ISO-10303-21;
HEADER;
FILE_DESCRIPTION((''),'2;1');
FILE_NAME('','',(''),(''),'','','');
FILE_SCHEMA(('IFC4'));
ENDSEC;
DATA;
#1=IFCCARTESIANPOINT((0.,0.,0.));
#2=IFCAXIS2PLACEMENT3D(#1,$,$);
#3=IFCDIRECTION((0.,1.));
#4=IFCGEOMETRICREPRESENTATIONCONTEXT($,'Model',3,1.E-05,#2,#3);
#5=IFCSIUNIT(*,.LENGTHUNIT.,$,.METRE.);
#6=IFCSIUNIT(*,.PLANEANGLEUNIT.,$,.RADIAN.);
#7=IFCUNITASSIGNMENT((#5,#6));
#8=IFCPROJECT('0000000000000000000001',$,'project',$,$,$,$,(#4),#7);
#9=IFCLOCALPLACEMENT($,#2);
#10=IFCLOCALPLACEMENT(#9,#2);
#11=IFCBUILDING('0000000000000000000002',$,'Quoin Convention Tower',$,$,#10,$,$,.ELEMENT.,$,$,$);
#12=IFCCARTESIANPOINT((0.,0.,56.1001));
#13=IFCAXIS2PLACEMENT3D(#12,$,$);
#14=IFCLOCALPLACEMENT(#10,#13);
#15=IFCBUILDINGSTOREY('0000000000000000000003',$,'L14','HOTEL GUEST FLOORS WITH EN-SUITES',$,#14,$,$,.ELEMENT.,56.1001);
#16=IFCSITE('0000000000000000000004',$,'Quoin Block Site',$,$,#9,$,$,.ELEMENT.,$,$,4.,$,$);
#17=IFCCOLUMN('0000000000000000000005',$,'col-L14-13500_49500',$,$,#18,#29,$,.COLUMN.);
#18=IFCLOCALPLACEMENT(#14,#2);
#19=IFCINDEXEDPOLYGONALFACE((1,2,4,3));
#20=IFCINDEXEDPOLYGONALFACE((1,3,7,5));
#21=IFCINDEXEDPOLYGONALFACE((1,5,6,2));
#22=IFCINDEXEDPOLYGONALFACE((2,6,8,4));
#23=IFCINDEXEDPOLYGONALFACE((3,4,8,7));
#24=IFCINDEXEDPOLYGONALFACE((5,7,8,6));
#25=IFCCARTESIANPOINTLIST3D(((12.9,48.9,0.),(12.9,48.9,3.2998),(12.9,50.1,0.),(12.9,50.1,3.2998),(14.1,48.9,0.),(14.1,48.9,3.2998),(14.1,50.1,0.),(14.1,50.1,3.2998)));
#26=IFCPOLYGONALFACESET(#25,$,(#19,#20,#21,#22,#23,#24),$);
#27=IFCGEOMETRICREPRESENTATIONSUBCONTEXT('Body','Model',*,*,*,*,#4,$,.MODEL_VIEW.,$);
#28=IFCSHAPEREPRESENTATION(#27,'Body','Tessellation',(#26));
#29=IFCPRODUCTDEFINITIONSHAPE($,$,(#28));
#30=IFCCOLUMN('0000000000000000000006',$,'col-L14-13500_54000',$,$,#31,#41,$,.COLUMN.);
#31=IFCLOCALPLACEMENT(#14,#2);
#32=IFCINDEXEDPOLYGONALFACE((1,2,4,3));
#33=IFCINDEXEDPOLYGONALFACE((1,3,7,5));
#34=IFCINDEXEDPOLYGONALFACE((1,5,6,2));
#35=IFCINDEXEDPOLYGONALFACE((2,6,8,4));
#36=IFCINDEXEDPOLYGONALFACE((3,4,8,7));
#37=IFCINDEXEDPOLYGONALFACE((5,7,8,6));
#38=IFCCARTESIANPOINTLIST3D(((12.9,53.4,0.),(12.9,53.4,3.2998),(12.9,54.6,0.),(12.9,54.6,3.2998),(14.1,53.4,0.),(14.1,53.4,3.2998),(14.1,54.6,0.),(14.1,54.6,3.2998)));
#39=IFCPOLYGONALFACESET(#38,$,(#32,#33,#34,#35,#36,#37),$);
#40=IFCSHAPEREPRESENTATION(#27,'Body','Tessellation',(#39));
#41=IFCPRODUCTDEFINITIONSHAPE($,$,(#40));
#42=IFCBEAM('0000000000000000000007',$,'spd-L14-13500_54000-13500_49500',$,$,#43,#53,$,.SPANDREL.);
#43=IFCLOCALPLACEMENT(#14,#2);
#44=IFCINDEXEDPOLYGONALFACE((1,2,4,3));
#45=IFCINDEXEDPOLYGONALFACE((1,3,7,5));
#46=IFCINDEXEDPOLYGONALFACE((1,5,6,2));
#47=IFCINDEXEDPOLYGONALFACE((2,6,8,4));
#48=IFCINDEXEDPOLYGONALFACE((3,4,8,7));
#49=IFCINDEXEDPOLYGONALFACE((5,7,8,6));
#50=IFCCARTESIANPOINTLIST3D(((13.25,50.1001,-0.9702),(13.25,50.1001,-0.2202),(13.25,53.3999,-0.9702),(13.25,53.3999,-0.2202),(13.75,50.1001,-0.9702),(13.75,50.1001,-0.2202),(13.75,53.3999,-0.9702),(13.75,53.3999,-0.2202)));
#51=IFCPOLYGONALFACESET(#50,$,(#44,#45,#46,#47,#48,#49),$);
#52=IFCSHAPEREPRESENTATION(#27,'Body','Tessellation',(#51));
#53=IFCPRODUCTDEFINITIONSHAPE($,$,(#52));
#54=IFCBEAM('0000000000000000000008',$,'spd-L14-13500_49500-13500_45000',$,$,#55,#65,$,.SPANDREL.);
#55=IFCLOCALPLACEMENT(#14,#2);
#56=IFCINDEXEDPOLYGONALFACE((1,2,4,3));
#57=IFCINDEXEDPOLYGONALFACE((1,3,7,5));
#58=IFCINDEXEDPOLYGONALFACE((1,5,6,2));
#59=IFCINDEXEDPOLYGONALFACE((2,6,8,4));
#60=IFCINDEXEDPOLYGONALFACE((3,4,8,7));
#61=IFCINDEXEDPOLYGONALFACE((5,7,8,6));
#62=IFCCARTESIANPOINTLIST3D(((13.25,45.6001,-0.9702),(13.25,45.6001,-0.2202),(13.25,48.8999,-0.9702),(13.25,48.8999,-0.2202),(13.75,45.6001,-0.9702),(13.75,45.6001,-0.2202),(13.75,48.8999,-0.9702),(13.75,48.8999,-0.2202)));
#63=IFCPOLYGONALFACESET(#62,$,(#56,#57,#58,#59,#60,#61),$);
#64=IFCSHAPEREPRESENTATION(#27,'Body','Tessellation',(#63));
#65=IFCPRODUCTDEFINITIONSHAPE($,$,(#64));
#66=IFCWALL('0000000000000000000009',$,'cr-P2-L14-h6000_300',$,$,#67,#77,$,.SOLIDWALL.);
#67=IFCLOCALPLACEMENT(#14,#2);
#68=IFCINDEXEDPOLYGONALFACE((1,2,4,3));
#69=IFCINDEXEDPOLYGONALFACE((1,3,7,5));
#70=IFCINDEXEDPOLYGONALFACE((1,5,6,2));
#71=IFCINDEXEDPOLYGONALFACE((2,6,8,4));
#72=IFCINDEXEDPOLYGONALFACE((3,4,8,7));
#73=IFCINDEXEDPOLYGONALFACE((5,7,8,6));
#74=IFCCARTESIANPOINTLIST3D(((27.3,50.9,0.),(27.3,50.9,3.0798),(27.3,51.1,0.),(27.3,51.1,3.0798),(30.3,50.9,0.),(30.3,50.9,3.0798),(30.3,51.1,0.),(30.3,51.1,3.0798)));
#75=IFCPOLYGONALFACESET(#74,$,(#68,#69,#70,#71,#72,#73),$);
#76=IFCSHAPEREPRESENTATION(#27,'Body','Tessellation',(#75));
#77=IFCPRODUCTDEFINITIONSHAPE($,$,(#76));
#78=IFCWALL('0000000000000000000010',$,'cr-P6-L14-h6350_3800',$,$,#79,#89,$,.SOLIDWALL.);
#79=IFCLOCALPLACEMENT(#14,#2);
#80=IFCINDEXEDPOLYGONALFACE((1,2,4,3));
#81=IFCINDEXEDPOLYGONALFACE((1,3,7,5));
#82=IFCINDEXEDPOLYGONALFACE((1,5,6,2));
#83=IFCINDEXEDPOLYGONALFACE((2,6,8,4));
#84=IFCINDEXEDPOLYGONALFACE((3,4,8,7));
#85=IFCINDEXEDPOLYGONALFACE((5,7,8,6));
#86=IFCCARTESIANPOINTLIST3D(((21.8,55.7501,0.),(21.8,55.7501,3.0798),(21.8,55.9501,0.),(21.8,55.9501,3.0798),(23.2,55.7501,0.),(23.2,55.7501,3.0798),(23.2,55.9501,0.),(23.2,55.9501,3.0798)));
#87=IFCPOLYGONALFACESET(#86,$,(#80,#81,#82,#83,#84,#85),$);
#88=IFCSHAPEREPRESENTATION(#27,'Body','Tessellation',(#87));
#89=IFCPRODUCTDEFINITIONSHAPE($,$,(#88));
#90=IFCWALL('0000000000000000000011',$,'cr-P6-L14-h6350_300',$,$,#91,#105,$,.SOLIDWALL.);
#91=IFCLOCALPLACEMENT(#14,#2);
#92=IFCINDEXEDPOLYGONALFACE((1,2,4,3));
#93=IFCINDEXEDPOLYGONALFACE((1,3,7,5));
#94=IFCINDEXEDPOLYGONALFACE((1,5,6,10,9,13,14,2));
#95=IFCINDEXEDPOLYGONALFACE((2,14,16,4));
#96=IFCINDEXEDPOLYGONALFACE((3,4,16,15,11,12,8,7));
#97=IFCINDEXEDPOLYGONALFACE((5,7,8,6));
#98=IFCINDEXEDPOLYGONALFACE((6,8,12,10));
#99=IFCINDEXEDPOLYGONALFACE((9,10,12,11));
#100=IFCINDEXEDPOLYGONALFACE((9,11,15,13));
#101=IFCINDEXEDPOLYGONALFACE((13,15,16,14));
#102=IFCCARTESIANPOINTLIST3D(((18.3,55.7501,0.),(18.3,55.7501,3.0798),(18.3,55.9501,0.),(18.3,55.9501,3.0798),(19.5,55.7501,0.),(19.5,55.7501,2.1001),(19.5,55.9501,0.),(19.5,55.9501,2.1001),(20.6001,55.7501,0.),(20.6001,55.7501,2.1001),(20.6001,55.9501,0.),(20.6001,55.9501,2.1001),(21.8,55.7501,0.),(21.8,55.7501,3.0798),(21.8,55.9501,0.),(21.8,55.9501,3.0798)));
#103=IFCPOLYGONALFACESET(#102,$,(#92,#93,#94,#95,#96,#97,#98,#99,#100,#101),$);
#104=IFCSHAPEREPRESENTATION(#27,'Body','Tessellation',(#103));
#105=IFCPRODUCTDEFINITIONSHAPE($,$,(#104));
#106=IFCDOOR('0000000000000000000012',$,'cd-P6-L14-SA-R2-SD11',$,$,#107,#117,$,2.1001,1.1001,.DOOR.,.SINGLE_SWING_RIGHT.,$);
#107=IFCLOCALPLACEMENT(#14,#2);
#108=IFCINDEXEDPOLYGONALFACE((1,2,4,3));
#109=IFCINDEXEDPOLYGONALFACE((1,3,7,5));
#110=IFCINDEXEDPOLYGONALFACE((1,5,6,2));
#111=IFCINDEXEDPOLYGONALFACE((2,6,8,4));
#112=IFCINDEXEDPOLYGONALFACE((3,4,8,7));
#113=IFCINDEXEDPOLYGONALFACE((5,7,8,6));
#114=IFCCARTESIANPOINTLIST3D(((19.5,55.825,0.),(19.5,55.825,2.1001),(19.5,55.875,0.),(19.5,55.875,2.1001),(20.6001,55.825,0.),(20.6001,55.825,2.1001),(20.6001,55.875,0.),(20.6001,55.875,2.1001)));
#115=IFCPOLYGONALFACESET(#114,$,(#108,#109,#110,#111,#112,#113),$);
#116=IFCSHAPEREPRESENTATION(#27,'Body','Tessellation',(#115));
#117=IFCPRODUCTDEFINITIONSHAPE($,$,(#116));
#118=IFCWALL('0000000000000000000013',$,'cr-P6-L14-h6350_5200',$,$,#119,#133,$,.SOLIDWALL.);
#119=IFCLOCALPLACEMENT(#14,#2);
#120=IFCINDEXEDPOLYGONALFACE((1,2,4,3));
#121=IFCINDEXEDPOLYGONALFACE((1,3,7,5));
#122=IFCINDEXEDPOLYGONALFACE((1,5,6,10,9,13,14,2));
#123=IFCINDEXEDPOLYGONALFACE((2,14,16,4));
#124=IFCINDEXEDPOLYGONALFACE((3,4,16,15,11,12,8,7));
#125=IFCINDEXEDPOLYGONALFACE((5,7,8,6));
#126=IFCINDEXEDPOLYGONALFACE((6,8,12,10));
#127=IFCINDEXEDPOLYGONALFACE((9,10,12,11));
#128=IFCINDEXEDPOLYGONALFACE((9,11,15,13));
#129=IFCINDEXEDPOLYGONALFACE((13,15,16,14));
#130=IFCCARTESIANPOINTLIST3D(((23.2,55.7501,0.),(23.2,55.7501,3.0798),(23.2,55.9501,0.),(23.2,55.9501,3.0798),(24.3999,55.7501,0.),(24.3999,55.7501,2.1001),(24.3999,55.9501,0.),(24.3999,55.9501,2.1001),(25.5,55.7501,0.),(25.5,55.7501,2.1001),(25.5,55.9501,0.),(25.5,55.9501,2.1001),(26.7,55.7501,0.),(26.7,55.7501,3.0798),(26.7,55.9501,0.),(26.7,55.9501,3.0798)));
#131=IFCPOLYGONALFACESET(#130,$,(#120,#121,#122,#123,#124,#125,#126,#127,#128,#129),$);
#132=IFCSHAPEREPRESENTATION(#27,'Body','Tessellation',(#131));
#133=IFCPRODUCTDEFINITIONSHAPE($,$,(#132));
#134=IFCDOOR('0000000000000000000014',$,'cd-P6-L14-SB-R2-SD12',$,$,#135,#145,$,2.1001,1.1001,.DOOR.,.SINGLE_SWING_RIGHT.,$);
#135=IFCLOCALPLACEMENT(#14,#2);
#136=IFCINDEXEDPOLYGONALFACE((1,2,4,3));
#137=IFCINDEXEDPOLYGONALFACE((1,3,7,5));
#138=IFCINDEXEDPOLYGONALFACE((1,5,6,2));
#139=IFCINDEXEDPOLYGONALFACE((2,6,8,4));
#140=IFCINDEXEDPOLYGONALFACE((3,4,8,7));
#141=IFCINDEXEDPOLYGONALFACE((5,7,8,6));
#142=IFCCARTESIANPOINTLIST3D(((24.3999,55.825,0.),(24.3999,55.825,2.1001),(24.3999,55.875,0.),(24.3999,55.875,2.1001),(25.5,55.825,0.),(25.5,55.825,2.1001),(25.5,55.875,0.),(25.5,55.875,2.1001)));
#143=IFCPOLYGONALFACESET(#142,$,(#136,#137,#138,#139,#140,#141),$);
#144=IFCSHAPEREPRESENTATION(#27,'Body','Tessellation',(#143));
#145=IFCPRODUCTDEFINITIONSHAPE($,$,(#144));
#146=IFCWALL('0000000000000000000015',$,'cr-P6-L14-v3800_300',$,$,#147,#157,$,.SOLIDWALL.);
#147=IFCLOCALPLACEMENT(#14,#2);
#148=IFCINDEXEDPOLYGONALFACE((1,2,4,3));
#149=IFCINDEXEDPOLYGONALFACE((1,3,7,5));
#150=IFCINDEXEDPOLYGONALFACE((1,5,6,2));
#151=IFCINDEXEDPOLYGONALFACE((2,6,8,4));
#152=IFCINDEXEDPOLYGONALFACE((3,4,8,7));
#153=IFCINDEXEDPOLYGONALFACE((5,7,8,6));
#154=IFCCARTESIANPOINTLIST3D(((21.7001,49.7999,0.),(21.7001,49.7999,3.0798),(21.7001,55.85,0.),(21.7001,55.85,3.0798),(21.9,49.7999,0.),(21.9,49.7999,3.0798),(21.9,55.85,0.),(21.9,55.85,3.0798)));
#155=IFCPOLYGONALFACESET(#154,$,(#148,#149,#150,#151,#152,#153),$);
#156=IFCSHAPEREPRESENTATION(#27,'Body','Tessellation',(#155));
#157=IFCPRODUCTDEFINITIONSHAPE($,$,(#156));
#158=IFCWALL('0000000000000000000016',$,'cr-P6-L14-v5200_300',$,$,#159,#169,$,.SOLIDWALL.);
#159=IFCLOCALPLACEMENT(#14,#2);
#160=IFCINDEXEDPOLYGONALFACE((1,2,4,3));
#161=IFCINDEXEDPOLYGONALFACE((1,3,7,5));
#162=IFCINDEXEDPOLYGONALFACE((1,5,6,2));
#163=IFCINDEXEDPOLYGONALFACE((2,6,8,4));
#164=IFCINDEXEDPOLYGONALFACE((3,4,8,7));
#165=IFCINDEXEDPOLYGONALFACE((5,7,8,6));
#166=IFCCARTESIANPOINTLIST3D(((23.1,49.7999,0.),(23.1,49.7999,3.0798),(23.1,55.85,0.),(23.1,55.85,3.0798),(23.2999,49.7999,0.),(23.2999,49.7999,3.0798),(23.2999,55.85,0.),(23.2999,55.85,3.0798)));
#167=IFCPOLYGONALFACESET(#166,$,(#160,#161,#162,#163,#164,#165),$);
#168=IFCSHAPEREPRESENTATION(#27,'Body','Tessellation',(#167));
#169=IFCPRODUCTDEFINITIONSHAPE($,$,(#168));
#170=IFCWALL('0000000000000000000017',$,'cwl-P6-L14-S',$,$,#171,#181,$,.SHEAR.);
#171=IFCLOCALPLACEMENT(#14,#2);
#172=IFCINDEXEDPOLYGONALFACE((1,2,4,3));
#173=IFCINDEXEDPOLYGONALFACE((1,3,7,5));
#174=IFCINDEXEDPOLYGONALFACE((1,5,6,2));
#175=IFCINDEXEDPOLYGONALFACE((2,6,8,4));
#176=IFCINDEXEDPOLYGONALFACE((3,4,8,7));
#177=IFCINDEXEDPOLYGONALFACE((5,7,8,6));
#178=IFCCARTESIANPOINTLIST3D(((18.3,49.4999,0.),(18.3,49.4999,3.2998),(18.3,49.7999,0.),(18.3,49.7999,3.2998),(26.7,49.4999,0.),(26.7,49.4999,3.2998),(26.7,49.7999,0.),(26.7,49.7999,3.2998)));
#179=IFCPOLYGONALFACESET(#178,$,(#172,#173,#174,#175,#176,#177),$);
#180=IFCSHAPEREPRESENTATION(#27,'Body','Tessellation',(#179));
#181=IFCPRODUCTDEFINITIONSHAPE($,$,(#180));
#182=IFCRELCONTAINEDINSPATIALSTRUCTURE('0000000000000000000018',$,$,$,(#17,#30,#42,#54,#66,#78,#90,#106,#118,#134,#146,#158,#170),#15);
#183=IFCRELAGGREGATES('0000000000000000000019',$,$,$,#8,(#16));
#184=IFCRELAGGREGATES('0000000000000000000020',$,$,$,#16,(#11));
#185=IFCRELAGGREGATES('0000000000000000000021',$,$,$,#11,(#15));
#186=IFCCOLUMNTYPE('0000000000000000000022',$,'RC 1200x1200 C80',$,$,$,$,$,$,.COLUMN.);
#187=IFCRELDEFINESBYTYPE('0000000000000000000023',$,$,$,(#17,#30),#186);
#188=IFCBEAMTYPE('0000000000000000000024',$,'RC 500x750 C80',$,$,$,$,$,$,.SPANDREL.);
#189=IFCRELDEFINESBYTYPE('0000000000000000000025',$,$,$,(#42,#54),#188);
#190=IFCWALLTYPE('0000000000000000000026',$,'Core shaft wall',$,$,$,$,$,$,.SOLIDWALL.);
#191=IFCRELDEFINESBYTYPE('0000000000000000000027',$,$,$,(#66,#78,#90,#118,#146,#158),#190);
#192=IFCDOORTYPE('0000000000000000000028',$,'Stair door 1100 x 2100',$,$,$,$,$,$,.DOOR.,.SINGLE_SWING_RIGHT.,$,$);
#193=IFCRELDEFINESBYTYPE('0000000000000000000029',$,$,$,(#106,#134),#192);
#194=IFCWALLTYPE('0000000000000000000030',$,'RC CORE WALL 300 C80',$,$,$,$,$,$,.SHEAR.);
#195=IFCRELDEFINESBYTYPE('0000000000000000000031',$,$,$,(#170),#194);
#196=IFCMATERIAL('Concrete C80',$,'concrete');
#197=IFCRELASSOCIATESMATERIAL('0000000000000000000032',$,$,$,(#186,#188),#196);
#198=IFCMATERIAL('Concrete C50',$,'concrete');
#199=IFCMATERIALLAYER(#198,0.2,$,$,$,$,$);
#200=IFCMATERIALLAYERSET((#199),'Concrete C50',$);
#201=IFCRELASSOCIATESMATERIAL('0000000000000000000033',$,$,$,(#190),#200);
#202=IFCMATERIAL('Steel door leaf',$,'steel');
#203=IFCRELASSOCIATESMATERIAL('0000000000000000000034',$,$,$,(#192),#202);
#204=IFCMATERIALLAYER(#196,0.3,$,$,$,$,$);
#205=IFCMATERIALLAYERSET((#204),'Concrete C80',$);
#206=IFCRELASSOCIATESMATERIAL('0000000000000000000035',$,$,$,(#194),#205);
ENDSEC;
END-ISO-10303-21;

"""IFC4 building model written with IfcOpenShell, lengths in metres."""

from ifc_helpers import new_model, si_unit, direction, frame, frame_2d, origin, origin_2d, place, context, subcontext, project, spatial, rectangle, extrude, material, layer, layer_set, material_profile, profile_set, type_object, element, fill, save


model = new_model("IFC4")

# Units and contexts
model_context = context("Model", 3, precision=1e-05, world=origin(), true_north=direction((0.0, 1.0)))
body_context = subcontext(model_context, "Body", "Model", "MODEL_VIEW")
ifc_project = project(units=[si_unit("LENGTHUNIT", "METRE"), si_unit("PLANEANGLEUNIT", "RADIAN")], contexts=[model_context])

# Site, building, storey
site_placement = place(None, origin())
site = spatial("IfcSite", under=ifc_project, at=site_placement, Name="Quoin Block Site", CompositionType="ELEMENT", RefElevation=4.0)
building_placement = place(site_placement, origin())
building = spatial("IfcBuilding", under=site, at=building_placement, Name="Quoin Convention Tower", CompositionType="ELEMENT")
storey_placement = place(building_placement, frame((0.0, 0.0, 56.1001)))
storey = spatial("IfcBuildingStorey", under=building, at=storey_placement, Name="L14", Description="HOTEL GUEST FLOORS WITH EN-SUITES", CompositionType="ELEMENT", Elevation=56.1001)

# Columns
ifc_material_1 = material(Name="Concrete C80", Category="concrete")
ifc_material_profile_1 = material_profile(ifc_material_1, rectangle(XDim=1.2, YDim=1.2, at=origin_2d()), Name="RC 1200x1200")
ifc_profile_set_1 = profile_set([ifc_material_profile_1], Name="Concrete C80")
column_type = type_object("IfcColumnType", Name="RC 1200x1200 C80", PredefinedType="COLUMN", material=ifc_profile_set_1)
for number, where, z_axis, x_axis, name in (
    (1, (13.5, 49.5, 0.0), (0.0, 0.0, 1.0), (1.0, 0.0, 0.0), "col-L14-13500_49500"),
    (2, (13.5, 54.0, 0.0), (0.0, 0.0, 1.0), (1.0, 0.0, 0.0), "col-L14-13500_54000"),
):
    element("IfcColumn", number, at=place(storey_placement, frame(where, z_axis=z_axis, x_axis=x_axis)), inside=storey, type_object=column_type, Name=name, PredefinedType="COLUMN", context=body_context, shape_type="SweptSolid", body=[
        extrude(rectangle(XDim=1.2, YDim=1.2, at=origin_2d()), origin(), (0.0, 0.0, 1.0), 3.2998),
    ])

# Beams
ifc_material_profile_2 = material_profile(ifc_material_1, rectangle(XDim=0.5, YDim=0.75, at=origin_2d()), Name="RC 500x750")
ifc_profile_set_2 = profile_set([ifc_material_profile_2], Name="Concrete C80")
beam_type = type_object("IfcBeamType", Name="RC 500x750 C80", PredefinedType="SPANDREL", material=ifc_profile_set_2)
for number, where, z_axis, x_axis, name in (
    (3, (13.5, 53.3999, -0.5952), (0.0, -1.0, 0.0), (1.0, 0.0, 0.0), "spd-L14-13500_54000-13500_49500"),
    (4, (13.5, 48.8999, -0.5952), (0.0, -1.0, 0.0), (1.0, 0.0, 0.0), "spd-L14-13500_49500-13500_45000"),
):
    element("IfcBeam", number, at=place(storey_placement, frame(where, z_axis=z_axis, x_axis=x_axis)), inside=storey, type_object=beam_type, Name=name, PredefinedType="SPANDREL", context=body_context, shape_type="SweptSolid", body=[
        extrude(rectangle(XDim=0.5, YDim=0.75, at=origin_2d()), origin(), (0.0, 0.0, 1.0), 3.2998),
    ])

# Walls
ifc_material_2 = material(Name="Concrete C50", Category="concrete")
ifc_layer_1 = layer(ifc_material_2, 0.2)
ifc_layer_set_1 = layer_set([ifc_layer_1], Name="Concrete C50")
wall_type_1 = type_object("IfcWallType", Name="Core shaft wall", PredefinedType="SOLIDWALL", material=ifc_layer_set_1)
wall_1_placement = place(storey_placement, frame((27.3, 51.0, 0.0), z_axis=(0.0, 0.0, 1.0), x_axis=(1.0, 0.0, 0.0)))
element("IfcWall", 5, at=wall_1_placement, inside=storey, type_object=wall_type_1, Name="cr-P2-L14-h6000_300", PredefinedType="SOLIDWALL", context=body_context, shape_type="SweptSolid", body=[
    extrude(rectangle(XDim=3.0, YDim=0.2, at=frame_2d((1.5, 0.0))), origin(), (0.0, 0.0, 1.0), 3.0798),
])
wall_2_placement = place(storey_placement, frame((21.8, 55.8501, 0.0), z_axis=(0.0, 0.0, 1.0), x_axis=(1.0, 0.0, 0.0)))
element("IfcWall", 6, at=wall_2_placement, inside=storey, type_object=wall_type_1, Name="cr-P6-L14-h6350_3800", PredefinedType="SOLIDWALL", context=body_context, shape_type="SweptSolid", body=[
    extrude(rectangle(XDim=1.3999, YDim=0.2, at=frame_2d((0.7, 0.0))), origin(), (0.0, 0.0, 1.0), 3.0798),
])

# Walls, openings, doors
wall_3_placement = place(storey_placement, frame((18.3, 55.8501, 0.0), z_axis=(0.0, 0.0, 1.0), x_axis=(1.0, 0.0, 0.0)))
wall_3 = element("IfcWall", 7, at=wall_3_placement, inside=storey, type_object=wall_type_1, Name="cr-P6-L14-h6350_300", PredefinedType="SOLIDWALL", context=body_context, shape_type="SweptSolid", body=[
    extrude(rectangle(XDim=3.5, YDim=0.2, at=frame_2d((1.75, 0.0))), origin(), (0.0, 0.0, 1.0), 3.0798),
])
opening_1_placement = place(wall_3_placement, frame((1.2, 0.0, 0.0)))
opening_1 = element("IfcOpeningElement", 8, at=opening_1_placement, cuts=wall_3, PredefinedType="OPENING", context=body_context, shape_type="SweptSolid", body=[
    extrude(rectangle(XDim=1.1001, YDim=2.1001, at=frame_2d((0.55, 1.05))), frame((0.0, 0.1099, 0.0), z_axis=(0.0, -1.0, 0.0), x_axis=(1.0, 0.0, 0.0)), (0.0, 0.0, 1.0), 0.22),
])
ifc_material_3 = material(Name="Steel door leaf", Category="steel")
door_type_1 = type_object("IfcDoorType", Name="Stair door 1100 x 2100", OperationType="SINGLE_SWING_RIGHT", PredefinedType="DOOR", material=ifc_material_3)
door_1_placement = place(opening_1_placement, origin())
door_1 = element("IfcDoor", 9, at=door_1_placement, inside=storey, type_object=door_type_1, Name="cd-P6-L14-SA-R2-SD11", OperationType="SINGLE_SWING_RIGHT", OverallHeight=2.1001, OverallWidth=1.1001, PredefinedType="DOOR", context=body_context, shape_type="SweptSolid", body=[
    extrude(rectangle(XDim=1.1001, YDim=2.1001, at=frame_2d((0.55, 1.05))), frame((0.0, 0.0249, 0.0), z_axis=(0.0, -1.0, 0.0), x_axis=(1.0, 0.0, 0.0)), (0.0, 0.0, 1.0), 0.05),
])
fill(opening_1, door_1)
wall_4_placement = place(storey_placement, frame((23.2, 55.8501, 0.0), z_axis=(0.0, 0.0, 1.0), x_axis=(1.0, 0.0, 0.0)))
wall_4 = element("IfcWall", 10, at=wall_4_placement, inside=storey, type_object=wall_type_1, Name="cr-P6-L14-h6350_5200", PredefinedType="SOLIDWALL", context=body_context, shape_type="SweptSolid", body=[
    extrude(rectangle(XDim=3.5, YDim=0.2, at=frame_2d((1.75, 0.0))), origin(), (0.0, 0.0, 1.0), 3.0798),
])
opening_2_placement = place(wall_4_placement, frame((1.2, 0.0, 0.0)))
opening_2 = element("IfcOpeningElement", 11, at=opening_2_placement, cuts=wall_4, PredefinedType="OPENING", context=body_context, shape_type="SweptSolid", body=[
    extrude(rectangle(XDim=1.1001, YDim=2.1001, at=frame_2d((0.55, 1.05))), frame((0.0, 0.1099, 0.0), z_axis=(0.0, -1.0, 0.0), x_axis=(1.0, 0.0, 0.0)), (0.0, 0.0, 1.0), 0.22),
])
door_2_placement = place(opening_2_placement, origin())
door_2 = element("IfcDoor", 12, at=door_2_placement, inside=storey, type_object=door_type_1, Name="cd-P6-L14-SB-R2-SD12", OperationType="SINGLE_SWING_RIGHT", OverallHeight=2.1001, OverallWidth=1.1001, PredefinedType="DOOR", context=body_context, shape_type="SweptSolid", body=[
    extrude(rectangle(XDim=1.1001, YDim=2.1001, at=frame_2d((0.55, 1.05))), frame((0.0, 0.0249, 0.0), z_axis=(0.0, -1.0, 0.0), x_axis=(1.0, 0.0, 0.0)), (0.0, 0.0, 1.0), 0.05),
])
fill(opening_2, door_2)

# Walls
for number, where, z_axis, x_axis, name in (
    (13, (21.8, 49.8, 0.0), (0.0, 0.0, 1.0), (0.0, 1.0, 0.0), "cr-P6-L14-v3800_300"),
    (14, (23.2, 49.8, 0.0), (0.0, 0.0, 1.0), (0.0, 1.0, 0.0), "cr-P6-L14-v5200_300"),
):
    element("IfcWall", number, at=place(storey_placement, frame(where, z_axis=z_axis, x_axis=x_axis)), inside=storey, type_object=wall_type_1, Name=name, PredefinedType="SOLIDWALL", context=body_context, shape_type="SweptSolid", body=[
        extrude(rectangle(XDim=6.05, YDim=0.2, at=frame_2d((3.0249, 0.0))), origin(), (0.0, 0.0, 1.0), 3.0798),
    ])
ifc_layer_2 = layer(ifc_material_1, 0.3)
ifc_layer_set_2 = layer_set([ifc_layer_2], Name="Concrete C80")
wall_type_2 = type_object("IfcWallType", Name="RC CORE WALL 300 C80", PredefinedType="SHEAR", material=ifc_layer_set_2)
wall_5_placement = place(storey_placement, frame((18.3, 49.6499, 0.0), z_axis=(0.0, 0.0, 1.0), x_axis=(1.0, 0.0, 0.0)))
element("IfcWall", 15, at=wall_5_placement, inside=storey, type_object=wall_type_2, Name="cwl-P6-L14-S", PredefinedType="SHEAR", context=body_context, shape_type="SweptSolid", body=[
    extrude(rectangle(XDim=8.3999, YDim=0.3, at=frame_2d((4.2, 0.0))), origin(), (0.0, 0.0, 1.0), 3.2998),
])

save(model, "model.ifc")
